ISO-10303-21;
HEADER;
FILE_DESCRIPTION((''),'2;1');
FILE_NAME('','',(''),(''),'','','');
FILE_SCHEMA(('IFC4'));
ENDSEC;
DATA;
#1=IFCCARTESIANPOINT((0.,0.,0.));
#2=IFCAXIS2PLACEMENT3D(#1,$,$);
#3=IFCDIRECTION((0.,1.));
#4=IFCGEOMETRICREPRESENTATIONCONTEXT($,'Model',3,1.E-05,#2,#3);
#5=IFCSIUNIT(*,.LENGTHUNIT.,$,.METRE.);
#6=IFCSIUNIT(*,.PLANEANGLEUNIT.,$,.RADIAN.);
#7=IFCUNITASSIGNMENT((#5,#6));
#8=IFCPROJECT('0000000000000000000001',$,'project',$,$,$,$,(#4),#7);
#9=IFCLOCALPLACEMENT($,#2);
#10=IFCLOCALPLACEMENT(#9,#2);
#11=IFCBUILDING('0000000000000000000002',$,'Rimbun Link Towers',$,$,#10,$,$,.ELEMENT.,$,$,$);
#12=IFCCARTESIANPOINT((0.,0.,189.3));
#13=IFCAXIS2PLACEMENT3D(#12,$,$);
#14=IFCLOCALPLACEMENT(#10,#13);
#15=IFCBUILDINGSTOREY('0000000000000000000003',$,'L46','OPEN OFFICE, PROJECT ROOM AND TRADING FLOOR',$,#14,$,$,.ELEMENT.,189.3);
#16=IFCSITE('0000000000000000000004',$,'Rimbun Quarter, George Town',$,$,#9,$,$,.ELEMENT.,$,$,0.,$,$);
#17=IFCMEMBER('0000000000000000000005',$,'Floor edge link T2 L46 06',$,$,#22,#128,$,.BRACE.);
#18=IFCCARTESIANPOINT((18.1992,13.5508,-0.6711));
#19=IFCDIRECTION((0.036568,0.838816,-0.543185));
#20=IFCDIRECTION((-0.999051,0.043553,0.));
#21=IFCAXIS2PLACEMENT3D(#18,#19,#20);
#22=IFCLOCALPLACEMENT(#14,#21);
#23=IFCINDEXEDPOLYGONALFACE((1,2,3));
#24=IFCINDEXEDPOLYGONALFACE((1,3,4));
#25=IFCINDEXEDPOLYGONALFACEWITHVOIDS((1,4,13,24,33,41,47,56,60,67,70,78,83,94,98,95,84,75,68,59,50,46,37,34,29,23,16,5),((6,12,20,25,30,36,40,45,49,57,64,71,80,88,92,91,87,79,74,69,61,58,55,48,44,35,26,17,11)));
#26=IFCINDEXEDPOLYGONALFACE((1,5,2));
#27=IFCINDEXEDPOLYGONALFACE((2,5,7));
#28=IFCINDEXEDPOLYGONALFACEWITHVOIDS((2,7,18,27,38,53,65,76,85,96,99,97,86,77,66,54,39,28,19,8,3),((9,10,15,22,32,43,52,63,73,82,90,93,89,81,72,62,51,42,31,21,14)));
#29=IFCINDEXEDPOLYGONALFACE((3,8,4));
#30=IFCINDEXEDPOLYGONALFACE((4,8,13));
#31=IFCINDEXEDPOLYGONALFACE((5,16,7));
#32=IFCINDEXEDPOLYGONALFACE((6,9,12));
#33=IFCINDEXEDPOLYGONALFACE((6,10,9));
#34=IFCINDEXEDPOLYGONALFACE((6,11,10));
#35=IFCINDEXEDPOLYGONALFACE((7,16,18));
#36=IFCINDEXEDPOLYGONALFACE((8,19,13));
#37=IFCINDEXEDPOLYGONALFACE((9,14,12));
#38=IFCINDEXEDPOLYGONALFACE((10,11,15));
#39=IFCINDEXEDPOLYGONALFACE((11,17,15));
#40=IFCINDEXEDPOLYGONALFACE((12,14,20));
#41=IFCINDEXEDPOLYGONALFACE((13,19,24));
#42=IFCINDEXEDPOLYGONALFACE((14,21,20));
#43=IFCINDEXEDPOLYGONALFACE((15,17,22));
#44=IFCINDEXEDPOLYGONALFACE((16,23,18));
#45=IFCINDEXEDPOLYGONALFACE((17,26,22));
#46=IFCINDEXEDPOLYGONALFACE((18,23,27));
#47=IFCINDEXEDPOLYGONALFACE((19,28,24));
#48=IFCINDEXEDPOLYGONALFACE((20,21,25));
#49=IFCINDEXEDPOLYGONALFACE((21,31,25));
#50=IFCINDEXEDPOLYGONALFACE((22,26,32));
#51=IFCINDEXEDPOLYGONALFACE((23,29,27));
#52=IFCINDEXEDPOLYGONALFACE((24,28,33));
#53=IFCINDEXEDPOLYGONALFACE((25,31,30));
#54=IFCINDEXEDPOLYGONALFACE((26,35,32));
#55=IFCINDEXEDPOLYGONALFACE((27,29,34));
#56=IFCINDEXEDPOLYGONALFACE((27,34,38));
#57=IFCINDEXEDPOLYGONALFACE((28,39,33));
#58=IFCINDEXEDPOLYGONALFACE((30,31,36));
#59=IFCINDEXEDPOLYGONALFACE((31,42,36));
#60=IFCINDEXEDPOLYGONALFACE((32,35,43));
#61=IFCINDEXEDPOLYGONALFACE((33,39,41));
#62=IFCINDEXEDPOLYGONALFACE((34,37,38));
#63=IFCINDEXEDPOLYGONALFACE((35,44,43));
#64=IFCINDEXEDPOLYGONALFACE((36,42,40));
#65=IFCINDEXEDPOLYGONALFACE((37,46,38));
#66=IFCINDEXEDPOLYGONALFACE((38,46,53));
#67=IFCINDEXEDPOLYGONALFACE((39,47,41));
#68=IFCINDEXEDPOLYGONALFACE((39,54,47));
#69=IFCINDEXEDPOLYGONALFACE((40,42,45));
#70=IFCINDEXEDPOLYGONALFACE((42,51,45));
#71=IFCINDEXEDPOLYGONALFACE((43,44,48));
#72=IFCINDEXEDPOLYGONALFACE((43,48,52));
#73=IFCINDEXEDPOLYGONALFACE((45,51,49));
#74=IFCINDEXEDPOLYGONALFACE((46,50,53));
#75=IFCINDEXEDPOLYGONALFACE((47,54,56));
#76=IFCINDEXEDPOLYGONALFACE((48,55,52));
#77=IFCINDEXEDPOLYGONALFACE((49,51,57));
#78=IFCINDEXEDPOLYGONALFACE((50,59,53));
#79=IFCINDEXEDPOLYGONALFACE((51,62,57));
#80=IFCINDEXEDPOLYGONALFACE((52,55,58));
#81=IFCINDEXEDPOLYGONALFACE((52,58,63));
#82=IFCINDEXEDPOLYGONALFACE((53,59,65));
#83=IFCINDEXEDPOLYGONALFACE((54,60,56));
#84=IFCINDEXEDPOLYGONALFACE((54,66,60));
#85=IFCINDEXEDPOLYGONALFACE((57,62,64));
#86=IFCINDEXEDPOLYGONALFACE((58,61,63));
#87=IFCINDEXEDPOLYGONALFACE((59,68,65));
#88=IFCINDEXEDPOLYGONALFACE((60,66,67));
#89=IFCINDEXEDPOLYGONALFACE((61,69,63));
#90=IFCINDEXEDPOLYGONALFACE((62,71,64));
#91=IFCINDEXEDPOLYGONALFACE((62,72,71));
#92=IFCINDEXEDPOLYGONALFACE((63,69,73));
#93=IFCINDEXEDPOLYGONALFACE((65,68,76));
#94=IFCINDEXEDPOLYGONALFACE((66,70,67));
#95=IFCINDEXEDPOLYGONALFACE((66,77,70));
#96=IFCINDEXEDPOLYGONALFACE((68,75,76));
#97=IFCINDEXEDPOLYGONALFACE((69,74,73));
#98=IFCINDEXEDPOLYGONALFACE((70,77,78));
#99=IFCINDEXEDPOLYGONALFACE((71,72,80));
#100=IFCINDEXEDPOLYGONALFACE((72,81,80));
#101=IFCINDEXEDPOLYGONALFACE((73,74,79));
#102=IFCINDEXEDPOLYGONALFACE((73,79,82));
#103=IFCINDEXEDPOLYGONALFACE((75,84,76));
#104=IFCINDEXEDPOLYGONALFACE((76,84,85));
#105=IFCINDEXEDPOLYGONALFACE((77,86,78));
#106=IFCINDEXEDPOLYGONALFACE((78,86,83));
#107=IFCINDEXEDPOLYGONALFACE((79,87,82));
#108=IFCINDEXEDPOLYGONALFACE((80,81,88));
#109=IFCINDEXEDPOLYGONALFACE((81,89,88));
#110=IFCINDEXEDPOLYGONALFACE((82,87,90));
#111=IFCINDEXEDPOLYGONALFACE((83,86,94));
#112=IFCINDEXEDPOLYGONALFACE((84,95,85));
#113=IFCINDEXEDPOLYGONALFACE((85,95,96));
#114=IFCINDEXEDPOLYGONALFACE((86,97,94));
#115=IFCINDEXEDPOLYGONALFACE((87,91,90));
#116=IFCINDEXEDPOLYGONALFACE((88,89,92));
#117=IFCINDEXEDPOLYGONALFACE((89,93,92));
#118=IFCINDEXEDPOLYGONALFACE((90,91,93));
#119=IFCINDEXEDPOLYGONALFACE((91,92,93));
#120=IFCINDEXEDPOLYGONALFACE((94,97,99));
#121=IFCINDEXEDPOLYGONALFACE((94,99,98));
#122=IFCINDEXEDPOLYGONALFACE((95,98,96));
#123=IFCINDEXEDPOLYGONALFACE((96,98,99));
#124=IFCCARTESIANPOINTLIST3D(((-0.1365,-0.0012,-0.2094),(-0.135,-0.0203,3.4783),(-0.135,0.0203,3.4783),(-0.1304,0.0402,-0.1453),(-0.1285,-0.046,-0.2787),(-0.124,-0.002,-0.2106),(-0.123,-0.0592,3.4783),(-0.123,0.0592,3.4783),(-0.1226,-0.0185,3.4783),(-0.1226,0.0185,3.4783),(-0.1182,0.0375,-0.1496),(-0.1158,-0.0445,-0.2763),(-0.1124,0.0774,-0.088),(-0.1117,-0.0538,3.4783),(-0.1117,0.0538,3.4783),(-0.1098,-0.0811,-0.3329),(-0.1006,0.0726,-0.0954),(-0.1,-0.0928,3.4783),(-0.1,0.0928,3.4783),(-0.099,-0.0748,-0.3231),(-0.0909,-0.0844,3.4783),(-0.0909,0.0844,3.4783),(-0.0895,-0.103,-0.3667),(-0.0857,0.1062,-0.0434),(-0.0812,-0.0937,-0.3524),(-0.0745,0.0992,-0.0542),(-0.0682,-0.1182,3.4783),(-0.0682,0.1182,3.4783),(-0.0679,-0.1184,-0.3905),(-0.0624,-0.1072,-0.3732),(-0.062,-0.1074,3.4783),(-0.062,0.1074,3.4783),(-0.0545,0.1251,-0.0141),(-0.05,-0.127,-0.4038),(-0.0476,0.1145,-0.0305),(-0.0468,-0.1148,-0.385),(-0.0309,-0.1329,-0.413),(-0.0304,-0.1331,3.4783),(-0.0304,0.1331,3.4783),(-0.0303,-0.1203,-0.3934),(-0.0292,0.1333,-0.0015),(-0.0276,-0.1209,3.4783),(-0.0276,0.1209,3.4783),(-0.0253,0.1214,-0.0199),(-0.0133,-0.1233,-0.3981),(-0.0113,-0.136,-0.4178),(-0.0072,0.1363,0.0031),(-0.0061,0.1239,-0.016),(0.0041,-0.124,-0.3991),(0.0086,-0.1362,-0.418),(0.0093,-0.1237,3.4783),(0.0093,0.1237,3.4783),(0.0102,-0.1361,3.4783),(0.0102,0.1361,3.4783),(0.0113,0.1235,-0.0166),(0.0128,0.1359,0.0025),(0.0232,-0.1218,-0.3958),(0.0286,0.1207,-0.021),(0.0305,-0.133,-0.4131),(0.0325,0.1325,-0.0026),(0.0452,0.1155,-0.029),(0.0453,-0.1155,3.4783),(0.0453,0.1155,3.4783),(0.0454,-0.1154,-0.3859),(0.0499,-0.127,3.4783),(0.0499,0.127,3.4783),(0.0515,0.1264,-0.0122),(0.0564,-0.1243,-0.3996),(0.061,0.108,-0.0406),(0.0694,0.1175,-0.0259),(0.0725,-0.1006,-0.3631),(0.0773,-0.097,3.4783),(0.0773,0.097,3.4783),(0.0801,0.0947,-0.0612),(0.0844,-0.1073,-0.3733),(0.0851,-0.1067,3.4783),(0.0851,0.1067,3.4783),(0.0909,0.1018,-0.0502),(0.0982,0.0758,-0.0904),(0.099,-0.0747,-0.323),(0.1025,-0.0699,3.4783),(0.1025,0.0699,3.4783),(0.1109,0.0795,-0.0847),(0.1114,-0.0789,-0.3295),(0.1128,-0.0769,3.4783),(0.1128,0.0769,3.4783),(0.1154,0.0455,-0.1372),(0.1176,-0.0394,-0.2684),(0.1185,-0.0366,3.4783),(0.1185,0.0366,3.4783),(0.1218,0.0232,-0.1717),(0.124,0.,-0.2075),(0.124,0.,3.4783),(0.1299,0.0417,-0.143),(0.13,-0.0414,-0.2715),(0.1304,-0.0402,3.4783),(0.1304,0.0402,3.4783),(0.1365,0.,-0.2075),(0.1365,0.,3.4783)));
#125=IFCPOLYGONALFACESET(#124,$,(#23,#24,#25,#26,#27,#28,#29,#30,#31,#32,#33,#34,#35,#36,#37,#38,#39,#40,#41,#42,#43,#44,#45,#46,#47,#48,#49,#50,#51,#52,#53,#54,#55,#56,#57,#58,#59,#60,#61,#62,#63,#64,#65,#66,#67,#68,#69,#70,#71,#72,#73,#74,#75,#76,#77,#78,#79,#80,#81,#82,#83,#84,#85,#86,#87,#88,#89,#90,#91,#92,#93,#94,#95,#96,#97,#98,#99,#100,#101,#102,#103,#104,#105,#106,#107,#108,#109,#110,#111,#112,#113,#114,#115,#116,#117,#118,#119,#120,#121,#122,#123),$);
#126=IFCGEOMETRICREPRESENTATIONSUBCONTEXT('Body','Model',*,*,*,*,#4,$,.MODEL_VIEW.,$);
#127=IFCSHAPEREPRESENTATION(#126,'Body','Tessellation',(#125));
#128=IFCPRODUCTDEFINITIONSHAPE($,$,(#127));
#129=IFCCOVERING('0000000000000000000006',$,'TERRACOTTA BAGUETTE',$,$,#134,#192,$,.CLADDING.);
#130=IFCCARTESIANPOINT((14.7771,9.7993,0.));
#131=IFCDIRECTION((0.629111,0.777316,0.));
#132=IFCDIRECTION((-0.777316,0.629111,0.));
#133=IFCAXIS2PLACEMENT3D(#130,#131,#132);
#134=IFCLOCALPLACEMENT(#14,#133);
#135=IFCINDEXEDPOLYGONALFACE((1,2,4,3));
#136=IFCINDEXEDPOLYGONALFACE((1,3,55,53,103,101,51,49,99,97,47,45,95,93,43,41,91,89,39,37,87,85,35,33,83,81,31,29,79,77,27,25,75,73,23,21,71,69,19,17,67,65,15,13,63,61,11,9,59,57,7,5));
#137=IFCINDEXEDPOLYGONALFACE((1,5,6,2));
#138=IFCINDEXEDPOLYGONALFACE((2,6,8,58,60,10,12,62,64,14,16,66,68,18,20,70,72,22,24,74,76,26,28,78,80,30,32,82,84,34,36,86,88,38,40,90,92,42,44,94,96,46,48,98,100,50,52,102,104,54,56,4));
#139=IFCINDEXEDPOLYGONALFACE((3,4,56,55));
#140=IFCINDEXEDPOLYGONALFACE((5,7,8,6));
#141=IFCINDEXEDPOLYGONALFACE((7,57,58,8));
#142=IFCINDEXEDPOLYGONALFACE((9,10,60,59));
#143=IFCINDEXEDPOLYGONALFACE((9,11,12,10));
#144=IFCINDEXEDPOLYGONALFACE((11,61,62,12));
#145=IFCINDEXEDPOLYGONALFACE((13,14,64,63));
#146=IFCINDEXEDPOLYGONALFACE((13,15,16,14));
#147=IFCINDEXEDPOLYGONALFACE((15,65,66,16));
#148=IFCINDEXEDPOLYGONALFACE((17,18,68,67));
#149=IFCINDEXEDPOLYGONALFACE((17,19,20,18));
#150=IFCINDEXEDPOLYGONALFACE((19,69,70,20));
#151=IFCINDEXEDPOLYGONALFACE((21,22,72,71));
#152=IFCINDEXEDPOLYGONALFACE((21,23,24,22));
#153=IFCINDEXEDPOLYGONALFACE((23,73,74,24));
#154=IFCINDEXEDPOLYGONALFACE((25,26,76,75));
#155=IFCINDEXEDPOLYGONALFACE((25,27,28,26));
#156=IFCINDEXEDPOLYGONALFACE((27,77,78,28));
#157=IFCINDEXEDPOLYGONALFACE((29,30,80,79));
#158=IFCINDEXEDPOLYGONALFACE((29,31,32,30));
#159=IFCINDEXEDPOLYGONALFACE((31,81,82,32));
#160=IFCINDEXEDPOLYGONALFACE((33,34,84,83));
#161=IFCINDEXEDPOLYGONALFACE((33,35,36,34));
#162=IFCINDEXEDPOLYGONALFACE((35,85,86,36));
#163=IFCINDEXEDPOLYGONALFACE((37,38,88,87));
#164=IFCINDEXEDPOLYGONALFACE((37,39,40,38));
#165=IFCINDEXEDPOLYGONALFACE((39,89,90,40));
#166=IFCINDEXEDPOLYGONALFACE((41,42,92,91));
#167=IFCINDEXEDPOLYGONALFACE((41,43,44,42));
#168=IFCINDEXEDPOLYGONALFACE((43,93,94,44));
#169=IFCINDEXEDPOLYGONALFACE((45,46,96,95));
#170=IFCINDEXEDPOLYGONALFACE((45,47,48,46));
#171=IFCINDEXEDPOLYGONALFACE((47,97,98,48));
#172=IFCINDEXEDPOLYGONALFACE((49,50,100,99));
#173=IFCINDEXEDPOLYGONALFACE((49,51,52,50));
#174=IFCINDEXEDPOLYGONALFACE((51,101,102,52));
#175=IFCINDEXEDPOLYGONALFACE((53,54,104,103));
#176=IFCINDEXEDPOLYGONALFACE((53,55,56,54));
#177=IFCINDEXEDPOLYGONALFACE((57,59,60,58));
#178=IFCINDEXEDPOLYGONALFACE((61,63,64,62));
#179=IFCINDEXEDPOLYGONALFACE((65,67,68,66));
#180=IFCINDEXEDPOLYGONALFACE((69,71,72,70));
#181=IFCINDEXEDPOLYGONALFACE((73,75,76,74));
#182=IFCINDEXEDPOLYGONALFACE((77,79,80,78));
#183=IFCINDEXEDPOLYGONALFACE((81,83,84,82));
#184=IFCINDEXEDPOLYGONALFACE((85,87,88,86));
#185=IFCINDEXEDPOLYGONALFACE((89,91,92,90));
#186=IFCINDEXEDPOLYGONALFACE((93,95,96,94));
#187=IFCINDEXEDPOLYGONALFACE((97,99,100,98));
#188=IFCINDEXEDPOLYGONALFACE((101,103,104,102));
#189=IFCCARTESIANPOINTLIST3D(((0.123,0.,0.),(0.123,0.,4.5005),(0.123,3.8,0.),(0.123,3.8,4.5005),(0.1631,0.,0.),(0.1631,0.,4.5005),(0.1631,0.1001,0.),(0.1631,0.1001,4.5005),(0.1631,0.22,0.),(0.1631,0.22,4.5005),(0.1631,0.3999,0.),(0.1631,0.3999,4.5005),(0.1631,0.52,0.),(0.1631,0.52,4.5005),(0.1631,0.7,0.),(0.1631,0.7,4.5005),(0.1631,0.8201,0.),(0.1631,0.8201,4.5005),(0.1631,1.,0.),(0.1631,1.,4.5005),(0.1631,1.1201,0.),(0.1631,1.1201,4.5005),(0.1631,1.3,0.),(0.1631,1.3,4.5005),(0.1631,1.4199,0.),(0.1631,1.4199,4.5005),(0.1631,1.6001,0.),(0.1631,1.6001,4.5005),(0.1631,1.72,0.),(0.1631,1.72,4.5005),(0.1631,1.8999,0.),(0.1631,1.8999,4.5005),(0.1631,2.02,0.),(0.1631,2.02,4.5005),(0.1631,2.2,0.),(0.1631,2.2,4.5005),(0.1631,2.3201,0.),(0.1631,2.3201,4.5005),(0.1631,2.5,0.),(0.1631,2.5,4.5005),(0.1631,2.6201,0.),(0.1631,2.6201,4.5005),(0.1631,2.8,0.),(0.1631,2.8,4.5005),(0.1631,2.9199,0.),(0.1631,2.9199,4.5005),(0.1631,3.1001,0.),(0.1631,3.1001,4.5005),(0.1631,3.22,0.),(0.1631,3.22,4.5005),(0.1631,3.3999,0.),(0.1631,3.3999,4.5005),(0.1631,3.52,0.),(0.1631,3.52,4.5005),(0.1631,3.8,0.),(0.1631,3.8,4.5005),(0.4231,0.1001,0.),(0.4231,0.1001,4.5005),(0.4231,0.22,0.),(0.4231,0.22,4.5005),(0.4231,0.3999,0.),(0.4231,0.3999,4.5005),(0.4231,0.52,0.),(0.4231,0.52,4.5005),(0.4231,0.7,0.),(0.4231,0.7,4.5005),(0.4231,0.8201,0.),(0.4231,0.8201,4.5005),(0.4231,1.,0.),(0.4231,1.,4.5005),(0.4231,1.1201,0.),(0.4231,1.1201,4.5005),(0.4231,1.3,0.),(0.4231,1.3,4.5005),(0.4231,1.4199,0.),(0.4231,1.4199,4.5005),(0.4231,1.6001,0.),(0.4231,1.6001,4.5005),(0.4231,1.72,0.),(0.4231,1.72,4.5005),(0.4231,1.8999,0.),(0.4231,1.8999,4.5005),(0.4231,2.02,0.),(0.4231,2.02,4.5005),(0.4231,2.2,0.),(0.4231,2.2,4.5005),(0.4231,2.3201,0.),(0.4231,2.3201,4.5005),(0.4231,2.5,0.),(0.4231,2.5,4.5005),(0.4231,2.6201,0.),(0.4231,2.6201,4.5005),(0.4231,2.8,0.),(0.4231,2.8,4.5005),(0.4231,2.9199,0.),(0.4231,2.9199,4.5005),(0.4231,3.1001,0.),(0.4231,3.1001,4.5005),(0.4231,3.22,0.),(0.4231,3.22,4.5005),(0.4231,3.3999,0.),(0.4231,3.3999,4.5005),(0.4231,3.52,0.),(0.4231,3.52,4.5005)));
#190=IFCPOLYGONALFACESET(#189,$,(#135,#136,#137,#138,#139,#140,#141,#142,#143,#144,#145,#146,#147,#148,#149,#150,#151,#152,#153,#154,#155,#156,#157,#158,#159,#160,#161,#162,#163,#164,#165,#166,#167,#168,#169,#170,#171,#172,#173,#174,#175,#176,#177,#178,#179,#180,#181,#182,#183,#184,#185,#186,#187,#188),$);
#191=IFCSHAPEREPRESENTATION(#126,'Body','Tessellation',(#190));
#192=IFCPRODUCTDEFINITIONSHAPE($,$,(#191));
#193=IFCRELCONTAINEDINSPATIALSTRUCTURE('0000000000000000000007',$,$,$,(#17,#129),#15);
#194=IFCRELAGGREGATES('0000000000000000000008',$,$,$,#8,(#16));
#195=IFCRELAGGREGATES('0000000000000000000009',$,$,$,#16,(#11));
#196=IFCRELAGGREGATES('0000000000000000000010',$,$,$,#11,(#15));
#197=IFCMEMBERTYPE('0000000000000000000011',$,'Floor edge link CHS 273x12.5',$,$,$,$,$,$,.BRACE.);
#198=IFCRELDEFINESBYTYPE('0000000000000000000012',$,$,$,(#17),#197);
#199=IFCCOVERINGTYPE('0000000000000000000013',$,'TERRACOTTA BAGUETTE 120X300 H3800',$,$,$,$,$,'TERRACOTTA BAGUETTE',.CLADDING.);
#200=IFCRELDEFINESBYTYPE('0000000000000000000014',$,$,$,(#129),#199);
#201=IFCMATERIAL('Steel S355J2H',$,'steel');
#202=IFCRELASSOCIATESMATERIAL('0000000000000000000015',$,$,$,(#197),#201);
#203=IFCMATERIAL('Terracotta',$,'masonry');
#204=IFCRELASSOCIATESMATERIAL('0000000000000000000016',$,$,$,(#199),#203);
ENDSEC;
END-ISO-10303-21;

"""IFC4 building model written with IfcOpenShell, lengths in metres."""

from ifc_helpers import new_model, si_unit, direction, frame, origin, origin_2d, place, context, subcontext, project, spatial, polyline, hollow_circle, outline, extrude, clip, halfspace, material, material_profile, profile_set, type_object, element, save


model = new_model("IFC4")

# Units and contexts
model_context = context("Model", 3, precision=1e-05, world=origin(), true_north=direction((0.0, 1.0)))
body_context = subcontext(model_context, "Body", "Model", "MODEL_VIEW")
ifc_project = project(units=[si_unit("LENGTHUNIT", "METRE"), si_unit("PLANEANGLEUNIT", "RADIAN")], contexts=[model_context])

# Site, building, storey
site_placement = place(None, origin())
site = spatial("IfcSite", under=ifc_project, at=site_placement, Name="Rimbun Quarter, George Town", CompositionType="ELEMENT", RefElevation=0.0)
building_placement = place(site_placement, origin())
building = spatial("IfcBuilding", under=site, at=building_placement, Name="Rimbun Link Towers", CompositionType="ELEMENT")
storey_placement = place(building_placement, frame((0.0, 0.0, 189.3)))
storey = spatial("IfcBuildingStorey", under=building, at=storey_placement, Name="L46", Description="OPEN OFFICE, PROJECT ROOM AND TRADING FLOOR", CompositionType="ELEMENT", Elevation=189.3)

# Member
ifc_material_1 = material(Name="Steel S355J2H", Category="steel")
ifc_material_profile_1 = material_profile(ifc_material_1, hollow_circle(Radius=0.1365, WallThickness=0.0125, at=origin_2d()), Name="CHS 273x12.5")
ifc_profile_set_1 = profile_set([ifc_material_profile_1], Name="Steel S355J2H")
member_type_1 = type_object("IfcMemberType", Name="Floor edge link CHS 273x12.5", PredefinedType="BRACE", material=ifc_profile_set_1)
member_1_placement = place(storey_placement, frame((18.1992, 13.5508, -0.6711), z_axis=(0.036568, 0.838816, -0.543185), x_axis=(-0.999051, 0.043553, 0.0)))
element("IfcMember", 1, at=member_1_placement, inside=storey, type_object=member_type_1, Name="Floor edge link T2 L46 06", PredefinedType="BRACE", context=body_context, shape_type="Clipping", body=[
    clip(extrude(hollow_circle(Radius=0.1365, WallThickness=0.0125, at=origin_2d()), frame((0.0, 0.0, -0.4404)), (0.0, 0.0, 1.0), 3.9187), halfspace(frame((0.0, 0.0, -0.2075), z_axis=(0.0, 0.839613, -0.543185)), False)),
])

# Covering
ifc_material_2 = material(Name="Terracotta", Category="masonry")
ifc_material_profile_2 = material_profile(ifc_material_2, outline(polyline([(0.123, 0.0), (0.1631, 0.0), (0.1631, 0.1001), (0.4231, 0.1001), (0.4231, 0.22), (0.1631, 0.22), (0.1631, 0.3999), (0.4231, 0.3999), (0.4231, 0.52), (0.1631, 0.52), (0.1631, 0.7), (0.4231, 0.7), (0.4231, 0.8201), (0.1631, 0.8201), (0.1631, 1.0), (0.4231, 1.0), (0.4231, 1.1201), (0.1631, 1.1201), (0.1631, 1.3), (0.4231, 1.3), (0.4231, 1.4199), (0.1631, 1.4199), (0.1631, 1.6001), (0.4231, 1.6001), (0.4231, 1.72), (0.1631, 1.72), (0.1631, 1.8999), (0.4231, 1.8999), (0.4231, 2.02), (0.1631, 2.02), (0.1631, 2.2), (0.4231, 2.2), (0.4231, 2.3201), (0.1631, 2.3201), (0.1631, 2.5), (0.4231, 2.5), (0.4231, 2.6201), (0.1631, 2.6201), (0.1631, 2.8), (0.4231, 2.8), (0.4231, 2.9199), (0.1631, 2.9199), (0.1631, 3.1001), (0.4231, 3.1001), (0.4231, 3.22), (0.1631, 3.22), (0.1631, 3.3999), (0.4231, 3.3999), (0.4231, 3.52), (0.1631, 3.52), (0.1631, 3.8), (0.123, 3.8), (0.123, 0.0)])), Name="BAGUETTE 120X300")
ifc_profile_set_2 = profile_set([ifc_material_profile_2], Name="Terracotta")
covering_type = type_object("IfcCoveringType", Name="TERRACOTTA BAGUETTE 120X300 H3800", ElementType="TERRACOTTA BAGUETTE", PredefinedType="CLADDING", material=ifc_profile_set_2)
covering_placement = place(storey_placement, frame((14.7771, 9.7993, 0.0), z_axis=(0.629111, 0.777316, 0.0), x_axis=(-0.777316, 0.629111, 0.0)))
element("IfcCovering", 2, at=covering_placement, inside=storey, type_object=covering_type, Name="TERRACOTTA BAGUETTE", PredefinedType="CLADDING", context=body_context, shape_type="SweptSolid", body=[
    extrude(outline(polyline([(0.123, 0.0), (0.1631, 0.0), (0.1631, 0.1001), (0.4231, 0.1001), (0.4231, 0.22), (0.1631, 0.22), (0.1631, 0.3999), (0.4231, 0.3999), (0.4231, 0.52), (0.1631, 0.52), (0.1631, 0.7), (0.4231, 0.7), (0.4231, 0.8201), (0.1631, 0.8201), (0.1631, 1.0), (0.4231, 1.0), (0.4231, 1.1201), (0.1631, 1.1201), (0.1631, 1.3), (0.4231, 1.3), (0.4231, 1.4199), (0.1631, 1.4199), (0.1631, 1.6001), (0.4231, 1.6001), (0.4231, 1.72), (0.1631, 1.72), (0.1631, 1.8999), (0.4231, 1.8999), (0.4231, 2.02), (0.1631, 2.02), (0.1631, 2.2), (0.4231, 2.2), (0.4231, 2.3201), (0.1631, 2.3201), (0.1631, 2.5), (0.4231, 2.5), (0.4231, 2.6201), (0.1631, 2.6201), (0.1631, 2.8), (0.4231, 2.8), (0.4231, 2.9199), (0.1631, 2.9199), (0.1631, 3.1001), (0.4231, 3.1001), (0.4231, 3.22), (0.1631, 3.22), (0.1631, 3.3999), (0.4231, 3.3999), (0.4231, 3.52), (0.1631, 3.52), (0.1631, 3.8), (0.123, 3.8), (0.123, 0.0)])), origin(), (0.0, 0.0, 1.0), 4.5005),
])

save(model, "model.ifc")
